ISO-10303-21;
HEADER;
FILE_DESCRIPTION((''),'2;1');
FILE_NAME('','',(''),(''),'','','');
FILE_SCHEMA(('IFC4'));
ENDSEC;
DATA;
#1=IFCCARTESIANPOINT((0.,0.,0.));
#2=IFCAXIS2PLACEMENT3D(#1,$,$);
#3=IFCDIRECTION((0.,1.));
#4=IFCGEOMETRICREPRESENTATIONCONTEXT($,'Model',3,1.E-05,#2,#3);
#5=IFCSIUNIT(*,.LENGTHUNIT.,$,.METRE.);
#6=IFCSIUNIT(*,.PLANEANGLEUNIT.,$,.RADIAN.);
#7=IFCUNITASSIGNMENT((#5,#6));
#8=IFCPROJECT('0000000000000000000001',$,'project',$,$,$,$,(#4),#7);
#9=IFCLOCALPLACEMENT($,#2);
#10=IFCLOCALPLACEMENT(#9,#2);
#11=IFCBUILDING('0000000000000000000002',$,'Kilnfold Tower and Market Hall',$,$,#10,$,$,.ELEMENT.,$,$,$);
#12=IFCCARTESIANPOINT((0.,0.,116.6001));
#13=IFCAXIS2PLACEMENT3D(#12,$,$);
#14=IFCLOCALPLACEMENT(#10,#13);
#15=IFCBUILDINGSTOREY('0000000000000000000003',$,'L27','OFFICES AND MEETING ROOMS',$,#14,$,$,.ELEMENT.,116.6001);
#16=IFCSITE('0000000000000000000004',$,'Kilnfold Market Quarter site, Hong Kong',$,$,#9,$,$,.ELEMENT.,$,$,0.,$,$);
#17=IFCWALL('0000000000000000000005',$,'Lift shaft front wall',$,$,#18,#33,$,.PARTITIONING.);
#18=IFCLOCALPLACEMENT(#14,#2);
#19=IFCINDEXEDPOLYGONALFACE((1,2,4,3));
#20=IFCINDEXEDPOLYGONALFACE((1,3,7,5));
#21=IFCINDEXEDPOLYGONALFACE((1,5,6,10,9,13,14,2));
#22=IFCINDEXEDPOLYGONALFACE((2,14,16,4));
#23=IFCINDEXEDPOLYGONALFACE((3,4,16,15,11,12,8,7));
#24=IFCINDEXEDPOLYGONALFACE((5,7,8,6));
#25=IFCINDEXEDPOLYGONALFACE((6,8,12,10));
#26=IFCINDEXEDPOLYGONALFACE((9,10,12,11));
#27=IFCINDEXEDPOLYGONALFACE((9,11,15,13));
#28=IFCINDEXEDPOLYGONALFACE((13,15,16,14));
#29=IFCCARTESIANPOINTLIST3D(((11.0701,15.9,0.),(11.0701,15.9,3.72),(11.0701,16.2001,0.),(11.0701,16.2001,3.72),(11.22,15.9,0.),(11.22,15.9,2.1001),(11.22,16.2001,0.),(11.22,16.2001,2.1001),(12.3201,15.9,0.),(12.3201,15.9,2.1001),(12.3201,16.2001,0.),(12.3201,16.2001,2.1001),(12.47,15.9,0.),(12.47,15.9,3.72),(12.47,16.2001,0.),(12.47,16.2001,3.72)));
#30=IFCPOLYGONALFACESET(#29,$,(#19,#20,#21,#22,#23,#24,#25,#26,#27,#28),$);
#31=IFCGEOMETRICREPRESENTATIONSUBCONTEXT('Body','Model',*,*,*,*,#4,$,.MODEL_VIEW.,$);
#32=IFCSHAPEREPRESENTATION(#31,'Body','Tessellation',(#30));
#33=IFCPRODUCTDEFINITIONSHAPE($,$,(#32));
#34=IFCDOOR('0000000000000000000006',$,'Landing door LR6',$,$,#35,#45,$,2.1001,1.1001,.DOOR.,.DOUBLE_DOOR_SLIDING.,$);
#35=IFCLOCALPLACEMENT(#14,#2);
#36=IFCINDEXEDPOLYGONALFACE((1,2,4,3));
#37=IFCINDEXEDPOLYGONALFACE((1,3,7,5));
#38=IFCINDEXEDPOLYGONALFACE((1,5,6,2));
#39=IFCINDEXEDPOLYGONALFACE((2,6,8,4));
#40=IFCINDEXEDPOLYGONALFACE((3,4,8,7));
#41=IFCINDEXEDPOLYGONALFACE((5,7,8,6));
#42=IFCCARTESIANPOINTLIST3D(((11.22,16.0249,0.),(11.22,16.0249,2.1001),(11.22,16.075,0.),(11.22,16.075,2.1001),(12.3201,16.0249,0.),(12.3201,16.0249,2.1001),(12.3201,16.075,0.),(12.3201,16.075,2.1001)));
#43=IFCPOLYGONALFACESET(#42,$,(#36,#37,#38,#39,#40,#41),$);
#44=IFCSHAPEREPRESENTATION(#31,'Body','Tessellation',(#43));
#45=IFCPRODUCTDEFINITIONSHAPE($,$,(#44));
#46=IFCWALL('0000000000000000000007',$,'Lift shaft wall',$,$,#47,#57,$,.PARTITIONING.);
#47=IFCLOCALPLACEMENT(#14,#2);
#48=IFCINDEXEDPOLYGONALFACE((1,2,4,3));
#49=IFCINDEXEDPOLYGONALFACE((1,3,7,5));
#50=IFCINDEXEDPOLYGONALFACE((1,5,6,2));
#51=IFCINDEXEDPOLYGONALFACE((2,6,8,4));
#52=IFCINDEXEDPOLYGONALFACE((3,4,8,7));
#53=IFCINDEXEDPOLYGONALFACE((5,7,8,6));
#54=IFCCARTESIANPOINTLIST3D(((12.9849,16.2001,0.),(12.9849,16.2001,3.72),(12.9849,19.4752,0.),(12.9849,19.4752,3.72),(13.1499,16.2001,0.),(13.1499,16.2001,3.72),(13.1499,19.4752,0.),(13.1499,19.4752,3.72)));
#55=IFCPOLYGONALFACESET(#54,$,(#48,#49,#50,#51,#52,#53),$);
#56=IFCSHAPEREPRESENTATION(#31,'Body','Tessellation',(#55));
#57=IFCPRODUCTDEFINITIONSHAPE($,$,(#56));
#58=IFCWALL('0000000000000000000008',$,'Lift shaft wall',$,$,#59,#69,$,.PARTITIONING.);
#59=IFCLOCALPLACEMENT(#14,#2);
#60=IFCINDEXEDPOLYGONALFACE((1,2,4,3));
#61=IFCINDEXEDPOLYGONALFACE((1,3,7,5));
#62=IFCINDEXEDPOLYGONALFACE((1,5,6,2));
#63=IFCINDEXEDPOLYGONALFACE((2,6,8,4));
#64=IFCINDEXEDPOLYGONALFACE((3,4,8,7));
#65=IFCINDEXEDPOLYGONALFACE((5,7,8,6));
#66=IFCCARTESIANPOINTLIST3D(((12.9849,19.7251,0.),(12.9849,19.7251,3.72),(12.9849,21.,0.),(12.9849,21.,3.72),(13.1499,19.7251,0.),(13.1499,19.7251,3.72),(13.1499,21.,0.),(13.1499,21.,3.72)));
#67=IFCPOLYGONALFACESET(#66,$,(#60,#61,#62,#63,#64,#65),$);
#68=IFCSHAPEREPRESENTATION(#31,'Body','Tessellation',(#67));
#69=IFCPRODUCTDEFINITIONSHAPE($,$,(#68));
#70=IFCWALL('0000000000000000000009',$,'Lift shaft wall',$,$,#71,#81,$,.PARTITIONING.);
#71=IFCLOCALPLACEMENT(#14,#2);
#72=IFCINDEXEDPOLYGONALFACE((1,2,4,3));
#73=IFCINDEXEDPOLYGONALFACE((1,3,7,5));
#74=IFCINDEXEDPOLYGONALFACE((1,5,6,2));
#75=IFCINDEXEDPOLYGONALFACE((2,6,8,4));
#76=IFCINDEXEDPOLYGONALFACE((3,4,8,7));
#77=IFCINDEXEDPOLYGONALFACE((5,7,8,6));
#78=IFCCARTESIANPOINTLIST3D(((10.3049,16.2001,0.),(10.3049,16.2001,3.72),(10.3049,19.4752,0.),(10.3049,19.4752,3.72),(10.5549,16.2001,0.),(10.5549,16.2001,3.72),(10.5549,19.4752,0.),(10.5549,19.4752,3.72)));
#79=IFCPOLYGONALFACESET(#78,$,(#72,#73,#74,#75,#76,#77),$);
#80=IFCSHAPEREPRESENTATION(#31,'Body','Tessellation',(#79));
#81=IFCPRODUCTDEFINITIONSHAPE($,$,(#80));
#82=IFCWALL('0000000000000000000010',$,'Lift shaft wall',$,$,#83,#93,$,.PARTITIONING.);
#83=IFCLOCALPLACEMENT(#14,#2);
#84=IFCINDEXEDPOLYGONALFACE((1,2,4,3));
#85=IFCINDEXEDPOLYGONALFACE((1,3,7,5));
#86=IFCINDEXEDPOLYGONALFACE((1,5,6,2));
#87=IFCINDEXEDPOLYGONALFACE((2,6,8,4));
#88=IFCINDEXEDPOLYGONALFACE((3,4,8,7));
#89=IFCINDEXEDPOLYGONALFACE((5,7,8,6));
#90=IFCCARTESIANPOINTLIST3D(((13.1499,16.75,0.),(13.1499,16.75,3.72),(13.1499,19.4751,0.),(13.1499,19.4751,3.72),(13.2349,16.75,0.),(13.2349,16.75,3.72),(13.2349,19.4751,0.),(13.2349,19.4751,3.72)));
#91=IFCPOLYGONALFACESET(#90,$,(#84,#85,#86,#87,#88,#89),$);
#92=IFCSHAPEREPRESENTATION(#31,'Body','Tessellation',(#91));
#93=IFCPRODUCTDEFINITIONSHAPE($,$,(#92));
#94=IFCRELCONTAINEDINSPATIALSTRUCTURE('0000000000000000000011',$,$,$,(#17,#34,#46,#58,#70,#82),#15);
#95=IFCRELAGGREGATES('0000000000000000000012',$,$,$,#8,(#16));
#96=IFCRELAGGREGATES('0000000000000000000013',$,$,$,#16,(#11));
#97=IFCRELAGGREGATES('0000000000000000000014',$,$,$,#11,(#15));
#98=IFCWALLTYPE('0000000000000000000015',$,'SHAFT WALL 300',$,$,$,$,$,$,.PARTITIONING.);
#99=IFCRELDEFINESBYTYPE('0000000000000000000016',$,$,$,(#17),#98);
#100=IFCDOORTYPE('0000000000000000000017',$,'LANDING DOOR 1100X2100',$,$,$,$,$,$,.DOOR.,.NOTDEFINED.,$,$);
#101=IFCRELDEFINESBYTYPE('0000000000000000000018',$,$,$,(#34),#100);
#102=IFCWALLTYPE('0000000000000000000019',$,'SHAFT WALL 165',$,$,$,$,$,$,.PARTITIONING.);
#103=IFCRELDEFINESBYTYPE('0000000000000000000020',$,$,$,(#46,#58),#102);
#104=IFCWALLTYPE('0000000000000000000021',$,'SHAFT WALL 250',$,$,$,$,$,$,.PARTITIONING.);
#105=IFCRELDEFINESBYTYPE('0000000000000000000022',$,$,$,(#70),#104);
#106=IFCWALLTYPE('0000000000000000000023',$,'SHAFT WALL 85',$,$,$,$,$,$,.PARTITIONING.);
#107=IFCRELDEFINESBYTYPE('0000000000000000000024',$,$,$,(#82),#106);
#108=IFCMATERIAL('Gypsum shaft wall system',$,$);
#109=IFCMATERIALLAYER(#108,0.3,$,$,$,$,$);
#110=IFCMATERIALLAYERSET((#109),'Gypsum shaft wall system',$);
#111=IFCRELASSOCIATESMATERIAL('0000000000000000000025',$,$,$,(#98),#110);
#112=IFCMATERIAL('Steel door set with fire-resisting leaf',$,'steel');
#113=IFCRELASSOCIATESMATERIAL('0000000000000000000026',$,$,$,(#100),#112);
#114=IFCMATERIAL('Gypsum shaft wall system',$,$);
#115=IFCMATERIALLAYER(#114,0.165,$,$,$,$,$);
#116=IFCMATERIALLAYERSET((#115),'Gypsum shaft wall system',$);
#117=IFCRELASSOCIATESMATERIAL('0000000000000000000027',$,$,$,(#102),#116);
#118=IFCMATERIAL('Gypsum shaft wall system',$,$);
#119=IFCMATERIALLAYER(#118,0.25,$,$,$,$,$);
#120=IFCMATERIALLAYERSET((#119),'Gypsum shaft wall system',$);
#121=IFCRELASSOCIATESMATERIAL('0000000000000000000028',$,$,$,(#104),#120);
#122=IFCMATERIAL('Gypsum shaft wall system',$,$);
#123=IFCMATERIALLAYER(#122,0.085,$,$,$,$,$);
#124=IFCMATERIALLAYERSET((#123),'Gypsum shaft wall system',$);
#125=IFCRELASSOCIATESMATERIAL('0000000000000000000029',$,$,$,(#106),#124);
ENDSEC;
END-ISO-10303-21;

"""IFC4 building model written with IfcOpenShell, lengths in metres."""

from ifc_helpers import new_model, si_unit, direction, frame, frame_2d, origin, place, context, subcontext, project, spatial, rectangle, extrude, source, transform, mapped, material, layer, layer_set, type_object, element, fill, save


model = new_model("IFC4")

# Units and contexts
model_context = context("Model", 3, precision=1e-05, world=origin(), true_north=direction((0.0, 1.0)))
body_context = subcontext(model_context, "Body", "Model", "MODEL_VIEW")
ifc_project = project(units=[si_unit("LENGTHUNIT", "METRE"), si_unit("PLANEANGLEUNIT", "RADIAN")], contexts=[model_context])

# Site, building, storey
site_placement = place(None, origin())
site = spatial("IfcSite", under=ifc_project, at=site_placement, Name="Kilnfold Market Quarter site, Hong Kong", CompositionType="ELEMENT", RefElevation=0.0)
building_placement = place(site_placement, origin())
building = spatial("IfcBuilding", under=site, at=building_placement, Name="Kilnfold Tower and Market Hall", CompositionType="ELEMENT")
storey_placement = place(building_placement, frame((0.0, 0.0, 116.6001)))
storey = spatial("IfcBuildingStorey", under=building, at=storey_placement, Name="L27", Description="OFFICES AND MEETING ROOMS", CompositionType="ELEMENT", Elevation=116.6001)

# Wall, opening, door
ifc_material_1 = material(Name="Gypsum shaft wall system")
ifc_layer_1 = layer(ifc_material_1, 0.3)
ifc_layer_set_1 = layer_set([ifc_layer_1], Name="Gypsum shaft wall system")
wall_type_1 = type_object("IfcWallType", Name="SHAFT WALL 300", PredefinedType="PARTITIONING", material=ifc_layer_set_1)
shared_shape_1 = source(origin(), body_context, "Body", "SweptSolid", [
    extrude(rectangle(XDim=1.3999, YDim=0.3, at=frame_2d((0.7, 0.0))), origin(), (0.0, 0.0, 1.0), 3.72),
])
wall_1_placement = place(storey_placement, frame((11.0701, 16.05, 0.0), z_axis=(0.0, 0.0, 1.0), x_axis=(1.0, 0.0, 0.0)))
wall_1 = element("IfcWall", 1, at=wall_1_placement, inside=storey, type_object=wall_type_1, Name="Lift shaft front wall", PredefinedType="PARTITIONING", context=body_context, shape_type="MappedRepresentation", body=[
    mapped(shared_shape_1, transform((0.0, 0.0, 0.0))),
])
opening_1_placement = place(wall_1_placement, frame((0.1499, 0.0, 0.0)))
opening_1 = element("IfcOpeningElement", 2, at=opening_1_placement, cuts=wall_1, PredefinedType="OPENING", context=body_context, shape_type="SweptSolid", body=[
    extrude(rectangle(XDim=1.1001, YDim=2.1001, at=frame_2d((0.55, 1.05))), frame((0.0, 0.1602, 0.0), z_axis=(0.0, -1.0, 0.0), x_axis=(1.0, 0.0, 0.0)), (0.0, 0.0, 1.0), 0.3201),
])
ifc_material_2 = material(Name="Steel door set with fire-resisting leaf", Category="steel")
door_type = type_object("IfcDoorType", Name="LANDING DOOR 1100X2100", OperationType="NOTDEFINED", PredefinedType="DOOR", material=ifc_material_2)
door_placement = place(opening_1_placement, origin())
door = element("IfcDoor", 3, at=door_placement, inside=storey, type_object=door_type, Name="Landing door LR6", OperationType="DOUBLE_DOOR_SLIDING", OverallHeight=2.1001, OverallWidth=1.1001, PredefinedType="DOOR", context=body_context, shape_type="SweptSolid", body=[
    extrude(rectangle(XDim=1.1001, YDim=2.1001, at=frame_2d((0.55, 1.05))), frame((0.0, 0.0249, 0.0), z_axis=(0.0, -1.0, 0.0), x_axis=(1.0, 0.0, 0.0)), (0.0, 0.0, 1.0), 0.05),
])
fill(opening_1, door)

# Walls
ifc_material_3 = material(Name="Gypsum shaft wall system")
ifc_layer_2 = layer(ifc_material_3, 0.165)
ifc_layer_set_2 = layer_set([ifc_layer_2], Name="Gypsum shaft wall system")
wall_type_2 = type_object("IfcWallType", Name="SHAFT WALL 165", PredefinedType="PARTITIONING", material=ifc_layer_set_2)
shared_shape_2 = source(origin(), body_context, "Body", "SweptSolid", [
    extrude(rectangle(XDim=3.2751, YDim=0.165, at=frame_2d((1.6377, 0.0))), origin(), (0.0, 0.0, 1.0), 3.72),
])
wall_2_placement = place(storey_placement, frame((13.0674, 16.2, 0.0), z_axis=(0.0, 0.0, 1.0), x_axis=(0.0, 1.0, 0.0)))
element("IfcWall", 4, at=wall_2_placement, inside=storey, type_object=wall_type_2, Name="Lift shaft wall", PredefinedType="PARTITIONING", context=body_context, shape_type="MappedRepresentation", body=[
    mapped(shared_shape_2, transform((0.0, 0.0, 0.0))),
])
shared_shape_3 = source(origin(), body_context, "Body", "SweptSolid", [
    extrude(rectangle(XDim=1.2749, YDim=0.165, at=frame_2d((0.6375, 0.0))), origin(), (0.0, 0.0, 1.0), 3.72),
])
wall_3_placement = place(storey_placement, frame((13.0674, 19.7251, 0.0), z_axis=(0.0, 0.0, 1.0), x_axis=(0.0, 1.0, 0.0)))
element("IfcWall", 5, at=wall_3_placement, inside=storey, type_object=wall_type_2, Name="Lift shaft wall", PredefinedType="PARTITIONING", context=body_context, shape_type="MappedRepresentation", body=[
    mapped(shared_shape_3, transform((0.0, 0.0, 0.0))),
])
ifc_material_4 = material(Name="Gypsum shaft wall system")
ifc_layer_3 = layer(ifc_material_4, 0.25)
ifc_layer_set_3 = layer_set([ifc_layer_3], Name="Gypsum shaft wall system")
wall_type_3 = type_object("IfcWallType", Name="SHAFT WALL 250", PredefinedType="PARTITIONING", material=ifc_layer_set_3)
shared_shape_4 = source(origin(), body_context, "Body", "SweptSolid", [
    extrude(rectangle(XDim=3.2751, YDim=0.25, at=frame_2d((1.6377, 0.0))), origin(), (0.0, 0.0, 1.0), 3.72),
])
wall_4_placement = place(storey_placement, frame((10.4299, 16.2, 0.0), z_axis=(0.0, 0.0, 1.0), x_axis=(0.0, 1.0, 0.0)))
element("IfcWall", 6, at=wall_4_placement, inside=storey, type_object=wall_type_3, Name="Lift shaft wall", PredefinedType="PARTITIONING", context=body_context, shape_type="MappedRepresentation", body=[
    mapped(shared_shape_4, transform((0.0, 0.0, 0.0))),
])
ifc_material_5 = material(Name="Gypsum shaft wall system")
ifc_layer_4 = layer(ifc_material_5, 0.085)
ifc_layer_set_4 = layer_set([ifc_layer_4], Name="Gypsum shaft wall system")
wall_type_4 = type_object("IfcWallType", Name="SHAFT WALL 85", PredefinedType="PARTITIONING", material=ifc_layer_set_4)
shared_shape_5 = source(origin(), body_context, "Body", "SweptSolid", [
    extrude(rectangle(XDim=2.7251, YDim=0.085, at=frame_2d((1.3625, 0.0))), origin(), (0.0, 0.0, 1.0), 3.72),
])
wall_5_placement = place(storey_placement, frame((13.1924, 16.75, 0.0), z_axis=(0.0, 0.0, 1.0), x_axis=(0.0, 1.0, 0.0)))
element("IfcWall", 7, at=wall_5_placement, inside=storey, type_object=wall_type_4, Name="Lift shaft wall", PredefinedType="PARTITIONING", context=body_context, shape_type="MappedRepresentation", body=[
    mapped(shared_shape_5, transform((0.0, 0.0, 0.0))),
])

save(model, "model.ifc")
